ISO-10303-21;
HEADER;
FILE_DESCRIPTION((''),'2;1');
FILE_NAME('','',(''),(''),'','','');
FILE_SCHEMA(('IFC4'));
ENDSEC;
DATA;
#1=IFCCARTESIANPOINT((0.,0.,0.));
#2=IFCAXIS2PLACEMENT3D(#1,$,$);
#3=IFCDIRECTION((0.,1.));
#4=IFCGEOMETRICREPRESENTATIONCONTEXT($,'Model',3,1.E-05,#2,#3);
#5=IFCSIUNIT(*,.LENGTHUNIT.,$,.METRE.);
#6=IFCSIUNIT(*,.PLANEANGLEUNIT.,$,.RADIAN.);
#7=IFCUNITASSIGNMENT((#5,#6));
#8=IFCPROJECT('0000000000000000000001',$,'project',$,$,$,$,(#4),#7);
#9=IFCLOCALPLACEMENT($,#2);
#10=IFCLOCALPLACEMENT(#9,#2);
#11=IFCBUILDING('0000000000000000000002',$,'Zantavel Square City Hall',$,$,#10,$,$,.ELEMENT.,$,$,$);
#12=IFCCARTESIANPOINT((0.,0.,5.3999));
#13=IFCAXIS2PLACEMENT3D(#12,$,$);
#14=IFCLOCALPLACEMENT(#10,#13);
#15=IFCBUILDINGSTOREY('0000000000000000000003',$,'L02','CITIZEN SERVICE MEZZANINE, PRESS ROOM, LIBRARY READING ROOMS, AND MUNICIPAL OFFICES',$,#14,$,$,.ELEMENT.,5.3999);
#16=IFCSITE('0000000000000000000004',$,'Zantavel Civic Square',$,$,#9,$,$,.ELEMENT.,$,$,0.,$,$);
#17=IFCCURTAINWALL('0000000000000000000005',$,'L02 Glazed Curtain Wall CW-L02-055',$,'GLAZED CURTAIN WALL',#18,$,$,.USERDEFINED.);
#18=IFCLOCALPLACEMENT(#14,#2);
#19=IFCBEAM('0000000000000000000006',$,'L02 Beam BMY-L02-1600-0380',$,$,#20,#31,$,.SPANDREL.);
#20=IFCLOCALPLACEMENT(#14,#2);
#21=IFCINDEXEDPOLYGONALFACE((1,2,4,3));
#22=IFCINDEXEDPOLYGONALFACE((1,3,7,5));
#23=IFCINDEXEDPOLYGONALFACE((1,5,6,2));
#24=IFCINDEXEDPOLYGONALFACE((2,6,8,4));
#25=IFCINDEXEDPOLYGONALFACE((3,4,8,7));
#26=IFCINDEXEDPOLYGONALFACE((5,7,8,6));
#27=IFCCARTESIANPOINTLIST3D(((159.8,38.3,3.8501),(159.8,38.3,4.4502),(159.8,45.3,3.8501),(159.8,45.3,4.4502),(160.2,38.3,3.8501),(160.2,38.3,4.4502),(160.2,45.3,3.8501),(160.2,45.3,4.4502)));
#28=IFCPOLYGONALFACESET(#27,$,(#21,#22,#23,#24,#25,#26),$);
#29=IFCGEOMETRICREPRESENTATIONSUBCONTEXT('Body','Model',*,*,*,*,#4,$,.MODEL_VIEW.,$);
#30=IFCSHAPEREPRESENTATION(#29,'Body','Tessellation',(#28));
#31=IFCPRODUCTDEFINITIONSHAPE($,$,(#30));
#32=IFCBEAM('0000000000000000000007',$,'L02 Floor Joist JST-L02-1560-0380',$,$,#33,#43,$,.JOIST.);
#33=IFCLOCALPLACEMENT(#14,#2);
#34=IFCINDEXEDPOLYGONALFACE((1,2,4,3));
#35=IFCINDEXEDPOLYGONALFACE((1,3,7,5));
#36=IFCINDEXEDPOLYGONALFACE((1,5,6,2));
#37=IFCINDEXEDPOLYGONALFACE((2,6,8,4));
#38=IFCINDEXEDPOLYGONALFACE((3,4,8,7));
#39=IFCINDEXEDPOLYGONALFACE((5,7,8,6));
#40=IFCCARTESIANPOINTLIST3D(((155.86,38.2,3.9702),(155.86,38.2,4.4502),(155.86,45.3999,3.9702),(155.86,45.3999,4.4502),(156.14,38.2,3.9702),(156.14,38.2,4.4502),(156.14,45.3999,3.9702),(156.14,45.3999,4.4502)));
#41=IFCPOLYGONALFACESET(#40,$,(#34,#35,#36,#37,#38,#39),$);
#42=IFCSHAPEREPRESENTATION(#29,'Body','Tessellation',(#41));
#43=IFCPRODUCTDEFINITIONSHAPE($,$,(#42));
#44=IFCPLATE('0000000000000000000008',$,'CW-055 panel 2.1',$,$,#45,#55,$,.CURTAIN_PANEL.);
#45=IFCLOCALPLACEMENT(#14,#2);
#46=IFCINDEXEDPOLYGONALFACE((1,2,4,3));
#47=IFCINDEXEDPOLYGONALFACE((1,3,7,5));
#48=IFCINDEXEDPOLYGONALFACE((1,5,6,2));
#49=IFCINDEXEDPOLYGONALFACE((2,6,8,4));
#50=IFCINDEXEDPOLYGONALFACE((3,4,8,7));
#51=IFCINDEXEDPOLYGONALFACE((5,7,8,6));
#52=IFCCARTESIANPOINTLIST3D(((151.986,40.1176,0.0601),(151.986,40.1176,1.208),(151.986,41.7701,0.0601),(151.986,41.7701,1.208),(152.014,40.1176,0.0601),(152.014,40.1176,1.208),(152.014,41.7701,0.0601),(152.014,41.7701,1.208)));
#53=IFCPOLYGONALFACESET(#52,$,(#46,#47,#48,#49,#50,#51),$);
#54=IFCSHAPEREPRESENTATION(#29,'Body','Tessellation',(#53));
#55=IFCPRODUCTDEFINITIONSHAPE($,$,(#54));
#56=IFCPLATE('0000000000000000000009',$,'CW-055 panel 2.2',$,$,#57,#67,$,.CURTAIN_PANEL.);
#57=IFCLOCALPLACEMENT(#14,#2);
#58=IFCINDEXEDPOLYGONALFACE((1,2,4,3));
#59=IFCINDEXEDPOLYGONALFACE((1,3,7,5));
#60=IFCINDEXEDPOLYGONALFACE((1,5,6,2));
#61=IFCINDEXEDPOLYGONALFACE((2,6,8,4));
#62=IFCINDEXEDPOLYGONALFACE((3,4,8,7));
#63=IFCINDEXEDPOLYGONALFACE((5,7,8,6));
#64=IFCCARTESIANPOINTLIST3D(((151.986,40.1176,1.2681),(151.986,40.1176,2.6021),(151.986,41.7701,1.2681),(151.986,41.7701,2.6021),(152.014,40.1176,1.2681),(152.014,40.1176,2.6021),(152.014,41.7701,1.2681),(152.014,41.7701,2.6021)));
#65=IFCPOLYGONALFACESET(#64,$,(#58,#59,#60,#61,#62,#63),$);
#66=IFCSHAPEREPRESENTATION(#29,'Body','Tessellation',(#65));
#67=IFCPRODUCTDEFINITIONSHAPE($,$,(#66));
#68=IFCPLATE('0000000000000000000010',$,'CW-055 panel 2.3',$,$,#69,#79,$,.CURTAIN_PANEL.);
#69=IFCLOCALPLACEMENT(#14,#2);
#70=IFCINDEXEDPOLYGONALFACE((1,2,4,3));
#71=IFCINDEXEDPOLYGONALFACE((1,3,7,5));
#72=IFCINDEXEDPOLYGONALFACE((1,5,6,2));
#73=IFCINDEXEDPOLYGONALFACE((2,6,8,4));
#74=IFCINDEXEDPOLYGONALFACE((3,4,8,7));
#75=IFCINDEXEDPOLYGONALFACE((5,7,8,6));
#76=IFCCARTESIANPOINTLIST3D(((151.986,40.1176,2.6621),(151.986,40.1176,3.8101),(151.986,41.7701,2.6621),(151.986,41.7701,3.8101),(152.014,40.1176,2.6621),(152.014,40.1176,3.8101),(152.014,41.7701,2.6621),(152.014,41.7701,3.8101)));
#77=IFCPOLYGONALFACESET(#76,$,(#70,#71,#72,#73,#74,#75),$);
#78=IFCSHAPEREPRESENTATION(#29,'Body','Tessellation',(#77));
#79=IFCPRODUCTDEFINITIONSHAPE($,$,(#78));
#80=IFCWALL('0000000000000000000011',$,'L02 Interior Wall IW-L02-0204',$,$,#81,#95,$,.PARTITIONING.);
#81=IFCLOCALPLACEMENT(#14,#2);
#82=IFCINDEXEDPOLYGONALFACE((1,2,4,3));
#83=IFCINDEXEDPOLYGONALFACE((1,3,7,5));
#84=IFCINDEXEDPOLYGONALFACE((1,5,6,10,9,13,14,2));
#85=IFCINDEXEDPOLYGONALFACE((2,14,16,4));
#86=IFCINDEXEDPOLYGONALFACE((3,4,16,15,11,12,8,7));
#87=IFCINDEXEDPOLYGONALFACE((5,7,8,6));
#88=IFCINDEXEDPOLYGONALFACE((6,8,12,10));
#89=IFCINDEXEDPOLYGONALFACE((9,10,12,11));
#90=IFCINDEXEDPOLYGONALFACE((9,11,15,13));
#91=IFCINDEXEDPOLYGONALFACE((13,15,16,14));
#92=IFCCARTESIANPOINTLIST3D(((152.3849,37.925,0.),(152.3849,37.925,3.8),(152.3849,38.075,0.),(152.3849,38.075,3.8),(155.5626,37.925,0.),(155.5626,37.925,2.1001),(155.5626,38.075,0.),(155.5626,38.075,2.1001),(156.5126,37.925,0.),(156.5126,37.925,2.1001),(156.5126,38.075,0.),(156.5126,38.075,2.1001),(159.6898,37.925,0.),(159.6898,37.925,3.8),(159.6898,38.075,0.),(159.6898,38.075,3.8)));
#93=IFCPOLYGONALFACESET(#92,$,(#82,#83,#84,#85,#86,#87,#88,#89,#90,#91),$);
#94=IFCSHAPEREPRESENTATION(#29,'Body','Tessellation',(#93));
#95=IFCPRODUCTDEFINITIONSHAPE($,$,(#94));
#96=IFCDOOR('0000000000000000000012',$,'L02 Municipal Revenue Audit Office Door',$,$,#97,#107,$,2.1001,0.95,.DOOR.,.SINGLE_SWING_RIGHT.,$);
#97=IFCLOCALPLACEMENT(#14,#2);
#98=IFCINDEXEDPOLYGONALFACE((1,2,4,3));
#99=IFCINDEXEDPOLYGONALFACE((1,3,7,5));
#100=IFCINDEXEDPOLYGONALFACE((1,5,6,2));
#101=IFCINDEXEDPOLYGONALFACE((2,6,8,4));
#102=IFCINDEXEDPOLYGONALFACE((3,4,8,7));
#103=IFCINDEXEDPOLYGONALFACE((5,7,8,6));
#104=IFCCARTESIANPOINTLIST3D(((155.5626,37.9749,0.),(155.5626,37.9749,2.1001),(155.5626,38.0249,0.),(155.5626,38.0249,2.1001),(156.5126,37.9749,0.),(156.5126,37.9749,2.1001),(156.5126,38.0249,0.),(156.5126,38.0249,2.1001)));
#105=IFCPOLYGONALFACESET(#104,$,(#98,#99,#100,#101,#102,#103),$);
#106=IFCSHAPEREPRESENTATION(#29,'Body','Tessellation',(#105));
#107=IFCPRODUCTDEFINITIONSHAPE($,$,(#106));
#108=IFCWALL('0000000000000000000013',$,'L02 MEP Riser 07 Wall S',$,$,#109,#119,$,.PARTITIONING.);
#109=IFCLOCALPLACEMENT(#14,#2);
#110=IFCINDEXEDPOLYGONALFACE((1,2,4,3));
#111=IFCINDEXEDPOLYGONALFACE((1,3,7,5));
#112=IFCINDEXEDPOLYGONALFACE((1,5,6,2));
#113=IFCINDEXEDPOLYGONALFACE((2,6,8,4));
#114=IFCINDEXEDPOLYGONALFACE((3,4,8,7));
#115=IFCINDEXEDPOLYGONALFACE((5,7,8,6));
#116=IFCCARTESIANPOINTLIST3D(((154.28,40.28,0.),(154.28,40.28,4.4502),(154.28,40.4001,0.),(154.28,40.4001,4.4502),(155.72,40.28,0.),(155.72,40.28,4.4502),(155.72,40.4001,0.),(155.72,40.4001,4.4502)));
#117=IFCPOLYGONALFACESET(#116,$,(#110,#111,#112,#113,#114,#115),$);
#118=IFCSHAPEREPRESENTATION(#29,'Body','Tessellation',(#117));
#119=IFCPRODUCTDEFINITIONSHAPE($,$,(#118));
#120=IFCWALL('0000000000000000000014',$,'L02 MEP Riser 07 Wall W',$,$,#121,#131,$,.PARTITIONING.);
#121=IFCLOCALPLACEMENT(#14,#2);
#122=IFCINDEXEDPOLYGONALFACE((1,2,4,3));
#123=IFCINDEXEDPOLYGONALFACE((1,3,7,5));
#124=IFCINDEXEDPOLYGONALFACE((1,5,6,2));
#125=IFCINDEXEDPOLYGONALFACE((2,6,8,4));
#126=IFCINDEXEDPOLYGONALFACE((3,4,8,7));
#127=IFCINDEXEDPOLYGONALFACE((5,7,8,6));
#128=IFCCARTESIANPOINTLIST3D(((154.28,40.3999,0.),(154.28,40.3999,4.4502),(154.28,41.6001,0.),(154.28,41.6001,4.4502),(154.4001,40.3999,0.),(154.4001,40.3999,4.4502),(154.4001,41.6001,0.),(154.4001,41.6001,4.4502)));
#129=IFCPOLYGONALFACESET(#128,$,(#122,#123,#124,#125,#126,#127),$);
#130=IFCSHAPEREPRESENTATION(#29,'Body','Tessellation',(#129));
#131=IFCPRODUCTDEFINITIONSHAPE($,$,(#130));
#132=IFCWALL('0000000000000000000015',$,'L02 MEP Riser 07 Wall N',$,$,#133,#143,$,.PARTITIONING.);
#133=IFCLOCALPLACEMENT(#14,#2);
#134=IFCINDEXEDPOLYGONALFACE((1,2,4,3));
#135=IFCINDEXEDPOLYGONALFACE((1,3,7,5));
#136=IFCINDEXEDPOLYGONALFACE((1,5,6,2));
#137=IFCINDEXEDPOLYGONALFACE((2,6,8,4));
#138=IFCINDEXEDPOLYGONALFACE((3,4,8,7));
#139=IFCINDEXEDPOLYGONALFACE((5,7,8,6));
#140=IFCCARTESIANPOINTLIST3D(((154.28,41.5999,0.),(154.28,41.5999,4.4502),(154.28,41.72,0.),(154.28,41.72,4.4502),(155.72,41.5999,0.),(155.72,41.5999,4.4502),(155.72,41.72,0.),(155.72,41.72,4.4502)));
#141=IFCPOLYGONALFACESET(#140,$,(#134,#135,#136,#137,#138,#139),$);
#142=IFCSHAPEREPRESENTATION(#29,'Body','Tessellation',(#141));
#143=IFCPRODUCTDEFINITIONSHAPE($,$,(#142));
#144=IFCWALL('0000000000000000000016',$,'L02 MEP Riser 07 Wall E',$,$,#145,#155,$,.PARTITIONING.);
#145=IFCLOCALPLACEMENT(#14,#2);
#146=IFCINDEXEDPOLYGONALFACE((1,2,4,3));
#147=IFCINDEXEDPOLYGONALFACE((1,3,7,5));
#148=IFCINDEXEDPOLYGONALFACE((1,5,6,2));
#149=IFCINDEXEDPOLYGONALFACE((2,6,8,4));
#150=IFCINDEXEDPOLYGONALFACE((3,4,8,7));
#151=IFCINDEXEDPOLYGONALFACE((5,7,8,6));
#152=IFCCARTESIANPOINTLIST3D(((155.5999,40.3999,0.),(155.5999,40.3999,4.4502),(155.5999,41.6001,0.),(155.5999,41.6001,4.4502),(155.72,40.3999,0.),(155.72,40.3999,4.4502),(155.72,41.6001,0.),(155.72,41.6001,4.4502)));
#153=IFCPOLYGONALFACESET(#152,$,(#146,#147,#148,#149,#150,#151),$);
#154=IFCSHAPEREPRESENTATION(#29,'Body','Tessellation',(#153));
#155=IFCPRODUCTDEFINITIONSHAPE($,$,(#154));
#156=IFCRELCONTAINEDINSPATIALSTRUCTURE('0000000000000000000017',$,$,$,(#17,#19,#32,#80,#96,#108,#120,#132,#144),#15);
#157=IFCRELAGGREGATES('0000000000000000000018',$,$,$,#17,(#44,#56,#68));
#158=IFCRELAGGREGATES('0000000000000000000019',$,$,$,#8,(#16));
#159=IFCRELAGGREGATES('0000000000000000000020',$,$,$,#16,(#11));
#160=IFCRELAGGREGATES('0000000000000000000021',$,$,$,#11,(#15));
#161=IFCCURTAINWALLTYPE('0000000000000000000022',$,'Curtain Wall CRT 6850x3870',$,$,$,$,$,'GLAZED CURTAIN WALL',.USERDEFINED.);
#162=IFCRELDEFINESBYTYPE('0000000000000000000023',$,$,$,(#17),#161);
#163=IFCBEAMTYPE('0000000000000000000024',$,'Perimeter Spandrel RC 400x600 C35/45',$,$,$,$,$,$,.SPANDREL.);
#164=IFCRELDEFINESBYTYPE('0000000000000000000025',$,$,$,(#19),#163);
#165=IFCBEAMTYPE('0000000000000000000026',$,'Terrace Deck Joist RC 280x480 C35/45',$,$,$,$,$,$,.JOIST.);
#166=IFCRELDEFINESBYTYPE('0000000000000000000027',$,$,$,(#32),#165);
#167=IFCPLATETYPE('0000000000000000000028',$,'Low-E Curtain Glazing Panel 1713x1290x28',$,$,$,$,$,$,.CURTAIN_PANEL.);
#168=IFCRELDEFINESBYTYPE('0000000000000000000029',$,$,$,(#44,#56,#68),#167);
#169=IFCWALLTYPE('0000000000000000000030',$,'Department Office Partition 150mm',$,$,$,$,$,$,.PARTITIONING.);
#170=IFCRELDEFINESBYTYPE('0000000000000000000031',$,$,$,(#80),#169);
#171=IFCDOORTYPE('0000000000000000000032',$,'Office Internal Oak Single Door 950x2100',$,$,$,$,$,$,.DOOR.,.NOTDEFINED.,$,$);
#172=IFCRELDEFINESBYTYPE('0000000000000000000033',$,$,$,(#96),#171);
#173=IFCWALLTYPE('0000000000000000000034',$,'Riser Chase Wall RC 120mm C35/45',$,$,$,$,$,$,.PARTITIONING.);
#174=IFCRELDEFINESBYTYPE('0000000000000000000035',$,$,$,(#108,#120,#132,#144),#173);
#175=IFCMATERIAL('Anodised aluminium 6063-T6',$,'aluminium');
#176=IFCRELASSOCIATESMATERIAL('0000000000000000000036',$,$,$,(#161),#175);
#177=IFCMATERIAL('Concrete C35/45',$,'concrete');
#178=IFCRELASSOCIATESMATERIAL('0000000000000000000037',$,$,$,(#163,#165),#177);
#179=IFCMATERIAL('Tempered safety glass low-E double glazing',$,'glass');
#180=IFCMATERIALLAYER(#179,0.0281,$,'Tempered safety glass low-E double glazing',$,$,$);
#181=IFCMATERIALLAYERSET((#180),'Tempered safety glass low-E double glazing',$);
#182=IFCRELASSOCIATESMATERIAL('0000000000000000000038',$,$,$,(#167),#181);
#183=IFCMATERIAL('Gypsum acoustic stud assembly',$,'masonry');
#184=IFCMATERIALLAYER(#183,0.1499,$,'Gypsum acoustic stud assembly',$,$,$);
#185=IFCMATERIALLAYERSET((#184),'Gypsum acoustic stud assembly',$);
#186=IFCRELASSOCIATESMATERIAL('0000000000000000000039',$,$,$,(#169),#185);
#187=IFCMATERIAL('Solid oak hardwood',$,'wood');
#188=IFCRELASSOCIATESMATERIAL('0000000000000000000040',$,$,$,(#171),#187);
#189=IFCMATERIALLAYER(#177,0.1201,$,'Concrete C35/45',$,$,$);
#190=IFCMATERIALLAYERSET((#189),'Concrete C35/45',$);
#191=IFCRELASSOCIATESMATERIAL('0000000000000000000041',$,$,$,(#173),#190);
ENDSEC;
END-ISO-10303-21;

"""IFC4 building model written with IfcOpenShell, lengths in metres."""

from ifc_helpers import new_model, si_unit, direction, frame, frame_2d, origin, origin_2d, place, context, subcontext, project, spatial, rectangle, extrude, material, layer, layer_set, material_profile, profile_set, type_object, element, fill, aggregate, save


model = new_model("IFC4")

# Units and contexts
model_context = context("Model", 3, precision=1e-05, world=origin(), true_north=direction((0.0, 1.0)))
body_context = subcontext(model_context, "Body", "Model", "MODEL_VIEW")
ifc_project = project(units=[si_unit("LENGTHUNIT", "METRE"), si_unit("PLANEANGLEUNIT", "RADIAN")], contexts=[model_context])

# Site, building, storey
site_placement = place(None, origin())
site = spatial("IfcSite", under=ifc_project, at=site_placement, Name="Zantavel Civic Square", CompositionType="ELEMENT", RefElevation=0.0)
building_placement = place(site_placement, origin())
building = spatial("IfcBuilding", under=site, at=building_placement, Name="Zantavel Square City Hall", CompositionType="ELEMENT")
storey_placement = place(building_placement, frame((0.0, 0.0, 5.3999)))
storey = spatial("IfcBuildingStorey", under=building, at=storey_placement, Name="L02", Description="CITIZEN SERVICE MEZZANINE, PRESS ROOM, LIBRARY READING ROOMS, AND MUNICIPAL OFFICES", CompositionType="ELEMENT", Elevation=5.3999)

# Curtain wall
ifc_material_1 = material(Name="Anodised aluminium 6063-T6", Category="aluminium")
curtain_wall_type = type_object("IfcCurtainWallType", Name="Curtain Wall CRT 6850x3870", ElementType="GLAZED CURTAIN WALL", PredefinedType="USERDEFINED", material=ifc_material_1)
curtain_wall_placement = place(storey_placement, origin())
curtain_wall = element("IfcCurtainWall", 1, at=curtain_wall_placement, inside=storey, type_object=curtain_wall_type, Name="L02 Glazed Curtain Wall CW-L02-055", ObjectType="GLAZED CURTAIN WALL", PredefinedType="USERDEFINED")

# Beams
ifc_material_2 = material(Name="Concrete C35/45", Category="concrete")
ifc_material_profile_1 = material_profile(ifc_material_2, rectangle(XDim=0.3999, YDim=0.6001, at=origin_2d()), Name="RC 400x600")
ifc_profile_set_1 = profile_set([ifc_material_profile_1], Name="Concrete C35/45")
beam_type_1 = type_object("IfcBeamType", Name="Perimeter Spandrel RC 400x600 C35/45", PredefinedType="SPANDREL", material=ifc_profile_set_1)
beam_1_placement = place(storey_placement, frame((160.0, 38.3, 4.1501), z_axis=(0.0, 1.0, 0.0), x_axis=(-1.0, 0.0, 0.0)))
element("IfcBeam", 2, at=beam_1_placement, inside=storey, type_object=beam_type_1, Name="L02 Beam BMY-L02-1600-0380", PredefinedType="SPANDREL", context=body_context, shape_type="SweptSolid", body=[
    extrude(rectangle(XDim=0.3999, YDim=0.6001, at=origin_2d()), origin(), (0.0, 0.0, 1.0), 7.0),
])
ifc_material_profile_2 = material_profile(ifc_material_2, rectangle(XDim=0.28, YDim=0.48, at=origin_2d()), Name="RC 280x480")
ifc_profile_set_2 = profile_set([ifc_material_profile_2], Name="Concrete C35/45")
beam_type_2 = type_object("IfcBeamType", Name="Terrace Deck Joist RC 280x480 C35/45", PredefinedType="JOIST", material=ifc_profile_set_2)
beam_2_placement = place(storey_placement, frame((156.0, 38.2, 4.2102), z_axis=(0.0, 1.0, 0.0), x_axis=(-1.0, 0.0, 0.0)))
element("IfcBeam", 3, at=beam_2_placement, inside=storey, type_object=beam_type_2, Name="L02 Floor Joist JST-L02-1560-0380", PredefinedType="JOIST", context=body_context, shape_type="SweptSolid", body=[
    extrude(rectangle(XDim=0.28, YDim=0.48, at=origin_2d()), origin(), (0.0, 0.0, 1.0), 7.2),
])

# Plates
ifc_material_3 = material(Name="Tempered safety glass low-E double glazing", Category="glass")
ifc_layer_1 = layer(ifc_material_3, 0.0281, Name="Tempered safety glass low-E double glazing")
ifc_layer_set_1 = layer_set([ifc_layer_1], Name="Tempered safety glass low-E double glazing")
plate_type = type_object("IfcPlateType", Name="Low-E Curtain Glazing Panel 1713x1290x28", PredefinedType="CURTAIN_PANEL", material=ifc_layer_set_1)
plate_1_placement = place(storey_placement, frame((152.0, 40.9438, 0.0601), z_axis=(0.0, 0.0, 1.0), x_axis=(0.0, 1.0, 0.0)))
plate_1 = element("IfcPlate", 4, at=plate_1_placement, type_object=plate_type, Name="CW-055 panel 2.1", PredefinedType="CURTAIN_PANEL", context=body_context, shape_type="SweptSolid", body=[
    extrude(rectangle(XDim=1.6526, YDim=0.0281, at=origin_2d()), origin(), (0.0, 0.0, 1.0), 1.1479),
])
plate_2_placement = place(storey_placement, frame((152.0, 40.9438, 1.2681), z_axis=(0.0, 0.0, 1.0), x_axis=(0.0, 1.0, 0.0)))
plate_2 = element("IfcPlate", 5, at=plate_2_placement, type_object=plate_type, Name="CW-055 panel 2.2", PredefinedType="CURTAIN_PANEL", context=body_context, shape_type="SweptSolid", body=[
    extrude(rectangle(XDim=1.6526, YDim=0.0281, at=origin_2d()), origin(), (0.0, 0.0, 1.0), 1.334),
])
plate_3_placement = place(storey_placement, frame((152.0, 40.9438, 2.6621), z_axis=(0.0, 0.0, 1.0), x_axis=(0.0, 1.0, 0.0)))
plate_3 = element("IfcPlate", 6, at=plate_3_placement, type_object=plate_type, Name="CW-055 panel 2.3", PredefinedType="CURTAIN_PANEL", context=body_context, shape_type="SweptSolid", body=[
    extrude(rectangle(XDim=1.6526, YDim=0.0281, at=origin_2d()), origin(), (0.0, 0.0, 1.0), 1.1479),
])
aggregate(curtain_wall, [plate_1, plate_2, plate_3])

# Wall, opening, door
ifc_material_4 = material(Name="Gypsum acoustic stud assembly", Category="masonry")
ifc_layer_2 = layer(ifc_material_4, 0.1499, Name="Gypsum acoustic stud assembly")
ifc_layer_set_2 = layer_set([ifc_layer_2], Name="Gypsum acoustic stud assembly")
wall_type_1 = type_object("IfcWallType", Name="Department Office Partition 150mm", PredefinedType="PARTITIONING", material=ifc_layer_set_2)
wall_1_placement = place(storey_placement, frame((152.385, 38.0, 0.0), z_axis=(0.0, 0.0, 1.0), x_axis=(1.0, 0.0, 0.0)))
wall_1 = element("IfcWall", 7, at=wall_1_placement, inside=storey, type_object=wall_type_1, Name="L02 Interior Wall IW-L02-0204", PredefinedType="PARTITIONING", context=body_context, shape_type="SweptSolid", body=[
    extrude(rectangle(XDim=7.3049, YDim=0.1499, at=frame_2d((3.6523, 0.0))), origin(), (0.0, 0.0, 1.0), 3.8),
])
opening_placement = place(wall_1_placement, frame((3.1775, 0.0, 0.0)))
opening = element("IfcOpeningElement", 8, at=opening_placement, cuts=wall_1, PredefinedType="OPENING", context=body_context, shape_type="SweptSolid", body=[
    extrude(rectangle(XDim=0.95, YDim=2.1001, at=frame_2d((0.4751, 1.05))), frame((0.0, 0.085, 0.0), z_axis=(0.0, -1.0, 0.0), x_axis=(1.0, 0.0, 0.0)), (0.0, 0.0, 1.0), 0.1699),
])
ifc_material_5 = material(Name="Solid oak hardwood", Category="wood")
door_type = type_object("IfcDoorType", Name="Office Internal Oak Single Door 950x2100", OperationType="NOTDEFINED", PredefinedType="DOOR", material=ifc_material_5)
door_placement = place(opening_placement, origin())
door = element("IfcDoor", 9, at=door_placement, inside=storey, type_object=door_type, Name="L02 Municipal Revenue Audit Office Door", OperationType="SINGLE_SWING_RIGHT", OverallHeight=2.1001, OverallWidth=0.95, PredefinedType="DOOR", context=body_context, shape_type="SweptSolid", body=[
    extrude(rectangle(XDim=0.95, YDim=2.1001, at=frame_2d((0.4751, 1.05))), frame((0.0, 0.0249, 0.0), z_axis=(0.0, -1.0, 0.0), x_axis=(1.0, 0.0, 0.0)), (0.0, 0.0, 1.0), 0.05),
])
fill(opening, door)

# Walls
ifc_layer_3 = layer(ifc_material_2, 0.1201, Name="Concrete C35/45")
ifc_layer_set_3 = layer_set([ifc_layer_3], Name="Concrete C35/45")
wall_type_2 = type_object("IfcWallType", Name="Riser Chase Wall RC 120mm C35/45", PredefinedType="PARTITIONING", material=ifc_layer_set_3)
wall_2_placement = place(storey_placement, frame((155.72, 40.3401, 0.0), z_axis=(0.0, 0.0, 1.0), x_axis=(-1.0, 0.0, 0.0)))
element("IfcWall", 10, at=wall_2_placement, inside=storey, type_object=wall_type_2, Name="L02 MEP Riser 07 Wall S", PredefinedType="PARTITIONING", context=body_context, shape_type="SweptSolid", body=[
    extrude(rectangle(XDim=1.4399, YDim=0.1201, at=frame_2d((0.72, 0.0))), origin(), (0.0, 0.0, 1.0), 4.4502),
])
wall_3_placement = place(storey_placement, frame((154.3401, 40.3999, 0.0), z_axis=(0.0, 0.0, 1.0), x_axis=(0.0, 1.0, 0.0)))
element("IfcWall", 11, at=wall_3_placement, inside=storey, type_object=wall_type_2, Name="L02 MEP Riser 07 Wall W", PredefinedType="PARTITIONING", context=body_context, shape_type="SweptSolid", body=[
    extrude(rectangle(XDim=1.2002, YDim=0.1201, at=frame_2d((0.6001, 0.0))), origin(), (0.0, 0.0, 1.0), 4.4502),
])
wall_4_placement = place(storey_placement, frame((154.28, 41.6599, 0.0), z_axis=(0.0, 0.0, 1.0), x_axis=(1.0, 0.0, 0.0)))
element("IfcWall", 12, at=wall_4_placement, inside=storey, type_object=wall_type_2, Name="L02 MEP Riser 07 Wall N", PredefinedType="PARTITIONING", context=body_context, shape_type="SweptSolid", body=[
    extrude(rectangle(XDim=1.4399, YDim=0.1201, at=frame_2d((0.72, 0.0))), origin(), (0.0, 0.0, 1.0), 4.4502),
])
wall_5_placement = place(storey_placement, frame((155.6599, 41.6001, 0.0), z_axis=(0.0, 0.0, 1.0), x_axis=(0.0, -1.0, 0.0)))
element("IfcWall", 13, at=wall_5_placement, inside=storey, type_object=wall_type_2, Name="L02 MEP Riser 07 Wall E", PredefinedType="PARTITIONING", context=body_context, shape_type="SweptSolid", body=[
    extrude(rectangle(XDim=1.2002, YDim=0.1201, at=frame_2d((0.6001, 0.0))), origin(), (0.0, 0.0, 1.0), 4.4502),
])

save(model, "model.ifc")
